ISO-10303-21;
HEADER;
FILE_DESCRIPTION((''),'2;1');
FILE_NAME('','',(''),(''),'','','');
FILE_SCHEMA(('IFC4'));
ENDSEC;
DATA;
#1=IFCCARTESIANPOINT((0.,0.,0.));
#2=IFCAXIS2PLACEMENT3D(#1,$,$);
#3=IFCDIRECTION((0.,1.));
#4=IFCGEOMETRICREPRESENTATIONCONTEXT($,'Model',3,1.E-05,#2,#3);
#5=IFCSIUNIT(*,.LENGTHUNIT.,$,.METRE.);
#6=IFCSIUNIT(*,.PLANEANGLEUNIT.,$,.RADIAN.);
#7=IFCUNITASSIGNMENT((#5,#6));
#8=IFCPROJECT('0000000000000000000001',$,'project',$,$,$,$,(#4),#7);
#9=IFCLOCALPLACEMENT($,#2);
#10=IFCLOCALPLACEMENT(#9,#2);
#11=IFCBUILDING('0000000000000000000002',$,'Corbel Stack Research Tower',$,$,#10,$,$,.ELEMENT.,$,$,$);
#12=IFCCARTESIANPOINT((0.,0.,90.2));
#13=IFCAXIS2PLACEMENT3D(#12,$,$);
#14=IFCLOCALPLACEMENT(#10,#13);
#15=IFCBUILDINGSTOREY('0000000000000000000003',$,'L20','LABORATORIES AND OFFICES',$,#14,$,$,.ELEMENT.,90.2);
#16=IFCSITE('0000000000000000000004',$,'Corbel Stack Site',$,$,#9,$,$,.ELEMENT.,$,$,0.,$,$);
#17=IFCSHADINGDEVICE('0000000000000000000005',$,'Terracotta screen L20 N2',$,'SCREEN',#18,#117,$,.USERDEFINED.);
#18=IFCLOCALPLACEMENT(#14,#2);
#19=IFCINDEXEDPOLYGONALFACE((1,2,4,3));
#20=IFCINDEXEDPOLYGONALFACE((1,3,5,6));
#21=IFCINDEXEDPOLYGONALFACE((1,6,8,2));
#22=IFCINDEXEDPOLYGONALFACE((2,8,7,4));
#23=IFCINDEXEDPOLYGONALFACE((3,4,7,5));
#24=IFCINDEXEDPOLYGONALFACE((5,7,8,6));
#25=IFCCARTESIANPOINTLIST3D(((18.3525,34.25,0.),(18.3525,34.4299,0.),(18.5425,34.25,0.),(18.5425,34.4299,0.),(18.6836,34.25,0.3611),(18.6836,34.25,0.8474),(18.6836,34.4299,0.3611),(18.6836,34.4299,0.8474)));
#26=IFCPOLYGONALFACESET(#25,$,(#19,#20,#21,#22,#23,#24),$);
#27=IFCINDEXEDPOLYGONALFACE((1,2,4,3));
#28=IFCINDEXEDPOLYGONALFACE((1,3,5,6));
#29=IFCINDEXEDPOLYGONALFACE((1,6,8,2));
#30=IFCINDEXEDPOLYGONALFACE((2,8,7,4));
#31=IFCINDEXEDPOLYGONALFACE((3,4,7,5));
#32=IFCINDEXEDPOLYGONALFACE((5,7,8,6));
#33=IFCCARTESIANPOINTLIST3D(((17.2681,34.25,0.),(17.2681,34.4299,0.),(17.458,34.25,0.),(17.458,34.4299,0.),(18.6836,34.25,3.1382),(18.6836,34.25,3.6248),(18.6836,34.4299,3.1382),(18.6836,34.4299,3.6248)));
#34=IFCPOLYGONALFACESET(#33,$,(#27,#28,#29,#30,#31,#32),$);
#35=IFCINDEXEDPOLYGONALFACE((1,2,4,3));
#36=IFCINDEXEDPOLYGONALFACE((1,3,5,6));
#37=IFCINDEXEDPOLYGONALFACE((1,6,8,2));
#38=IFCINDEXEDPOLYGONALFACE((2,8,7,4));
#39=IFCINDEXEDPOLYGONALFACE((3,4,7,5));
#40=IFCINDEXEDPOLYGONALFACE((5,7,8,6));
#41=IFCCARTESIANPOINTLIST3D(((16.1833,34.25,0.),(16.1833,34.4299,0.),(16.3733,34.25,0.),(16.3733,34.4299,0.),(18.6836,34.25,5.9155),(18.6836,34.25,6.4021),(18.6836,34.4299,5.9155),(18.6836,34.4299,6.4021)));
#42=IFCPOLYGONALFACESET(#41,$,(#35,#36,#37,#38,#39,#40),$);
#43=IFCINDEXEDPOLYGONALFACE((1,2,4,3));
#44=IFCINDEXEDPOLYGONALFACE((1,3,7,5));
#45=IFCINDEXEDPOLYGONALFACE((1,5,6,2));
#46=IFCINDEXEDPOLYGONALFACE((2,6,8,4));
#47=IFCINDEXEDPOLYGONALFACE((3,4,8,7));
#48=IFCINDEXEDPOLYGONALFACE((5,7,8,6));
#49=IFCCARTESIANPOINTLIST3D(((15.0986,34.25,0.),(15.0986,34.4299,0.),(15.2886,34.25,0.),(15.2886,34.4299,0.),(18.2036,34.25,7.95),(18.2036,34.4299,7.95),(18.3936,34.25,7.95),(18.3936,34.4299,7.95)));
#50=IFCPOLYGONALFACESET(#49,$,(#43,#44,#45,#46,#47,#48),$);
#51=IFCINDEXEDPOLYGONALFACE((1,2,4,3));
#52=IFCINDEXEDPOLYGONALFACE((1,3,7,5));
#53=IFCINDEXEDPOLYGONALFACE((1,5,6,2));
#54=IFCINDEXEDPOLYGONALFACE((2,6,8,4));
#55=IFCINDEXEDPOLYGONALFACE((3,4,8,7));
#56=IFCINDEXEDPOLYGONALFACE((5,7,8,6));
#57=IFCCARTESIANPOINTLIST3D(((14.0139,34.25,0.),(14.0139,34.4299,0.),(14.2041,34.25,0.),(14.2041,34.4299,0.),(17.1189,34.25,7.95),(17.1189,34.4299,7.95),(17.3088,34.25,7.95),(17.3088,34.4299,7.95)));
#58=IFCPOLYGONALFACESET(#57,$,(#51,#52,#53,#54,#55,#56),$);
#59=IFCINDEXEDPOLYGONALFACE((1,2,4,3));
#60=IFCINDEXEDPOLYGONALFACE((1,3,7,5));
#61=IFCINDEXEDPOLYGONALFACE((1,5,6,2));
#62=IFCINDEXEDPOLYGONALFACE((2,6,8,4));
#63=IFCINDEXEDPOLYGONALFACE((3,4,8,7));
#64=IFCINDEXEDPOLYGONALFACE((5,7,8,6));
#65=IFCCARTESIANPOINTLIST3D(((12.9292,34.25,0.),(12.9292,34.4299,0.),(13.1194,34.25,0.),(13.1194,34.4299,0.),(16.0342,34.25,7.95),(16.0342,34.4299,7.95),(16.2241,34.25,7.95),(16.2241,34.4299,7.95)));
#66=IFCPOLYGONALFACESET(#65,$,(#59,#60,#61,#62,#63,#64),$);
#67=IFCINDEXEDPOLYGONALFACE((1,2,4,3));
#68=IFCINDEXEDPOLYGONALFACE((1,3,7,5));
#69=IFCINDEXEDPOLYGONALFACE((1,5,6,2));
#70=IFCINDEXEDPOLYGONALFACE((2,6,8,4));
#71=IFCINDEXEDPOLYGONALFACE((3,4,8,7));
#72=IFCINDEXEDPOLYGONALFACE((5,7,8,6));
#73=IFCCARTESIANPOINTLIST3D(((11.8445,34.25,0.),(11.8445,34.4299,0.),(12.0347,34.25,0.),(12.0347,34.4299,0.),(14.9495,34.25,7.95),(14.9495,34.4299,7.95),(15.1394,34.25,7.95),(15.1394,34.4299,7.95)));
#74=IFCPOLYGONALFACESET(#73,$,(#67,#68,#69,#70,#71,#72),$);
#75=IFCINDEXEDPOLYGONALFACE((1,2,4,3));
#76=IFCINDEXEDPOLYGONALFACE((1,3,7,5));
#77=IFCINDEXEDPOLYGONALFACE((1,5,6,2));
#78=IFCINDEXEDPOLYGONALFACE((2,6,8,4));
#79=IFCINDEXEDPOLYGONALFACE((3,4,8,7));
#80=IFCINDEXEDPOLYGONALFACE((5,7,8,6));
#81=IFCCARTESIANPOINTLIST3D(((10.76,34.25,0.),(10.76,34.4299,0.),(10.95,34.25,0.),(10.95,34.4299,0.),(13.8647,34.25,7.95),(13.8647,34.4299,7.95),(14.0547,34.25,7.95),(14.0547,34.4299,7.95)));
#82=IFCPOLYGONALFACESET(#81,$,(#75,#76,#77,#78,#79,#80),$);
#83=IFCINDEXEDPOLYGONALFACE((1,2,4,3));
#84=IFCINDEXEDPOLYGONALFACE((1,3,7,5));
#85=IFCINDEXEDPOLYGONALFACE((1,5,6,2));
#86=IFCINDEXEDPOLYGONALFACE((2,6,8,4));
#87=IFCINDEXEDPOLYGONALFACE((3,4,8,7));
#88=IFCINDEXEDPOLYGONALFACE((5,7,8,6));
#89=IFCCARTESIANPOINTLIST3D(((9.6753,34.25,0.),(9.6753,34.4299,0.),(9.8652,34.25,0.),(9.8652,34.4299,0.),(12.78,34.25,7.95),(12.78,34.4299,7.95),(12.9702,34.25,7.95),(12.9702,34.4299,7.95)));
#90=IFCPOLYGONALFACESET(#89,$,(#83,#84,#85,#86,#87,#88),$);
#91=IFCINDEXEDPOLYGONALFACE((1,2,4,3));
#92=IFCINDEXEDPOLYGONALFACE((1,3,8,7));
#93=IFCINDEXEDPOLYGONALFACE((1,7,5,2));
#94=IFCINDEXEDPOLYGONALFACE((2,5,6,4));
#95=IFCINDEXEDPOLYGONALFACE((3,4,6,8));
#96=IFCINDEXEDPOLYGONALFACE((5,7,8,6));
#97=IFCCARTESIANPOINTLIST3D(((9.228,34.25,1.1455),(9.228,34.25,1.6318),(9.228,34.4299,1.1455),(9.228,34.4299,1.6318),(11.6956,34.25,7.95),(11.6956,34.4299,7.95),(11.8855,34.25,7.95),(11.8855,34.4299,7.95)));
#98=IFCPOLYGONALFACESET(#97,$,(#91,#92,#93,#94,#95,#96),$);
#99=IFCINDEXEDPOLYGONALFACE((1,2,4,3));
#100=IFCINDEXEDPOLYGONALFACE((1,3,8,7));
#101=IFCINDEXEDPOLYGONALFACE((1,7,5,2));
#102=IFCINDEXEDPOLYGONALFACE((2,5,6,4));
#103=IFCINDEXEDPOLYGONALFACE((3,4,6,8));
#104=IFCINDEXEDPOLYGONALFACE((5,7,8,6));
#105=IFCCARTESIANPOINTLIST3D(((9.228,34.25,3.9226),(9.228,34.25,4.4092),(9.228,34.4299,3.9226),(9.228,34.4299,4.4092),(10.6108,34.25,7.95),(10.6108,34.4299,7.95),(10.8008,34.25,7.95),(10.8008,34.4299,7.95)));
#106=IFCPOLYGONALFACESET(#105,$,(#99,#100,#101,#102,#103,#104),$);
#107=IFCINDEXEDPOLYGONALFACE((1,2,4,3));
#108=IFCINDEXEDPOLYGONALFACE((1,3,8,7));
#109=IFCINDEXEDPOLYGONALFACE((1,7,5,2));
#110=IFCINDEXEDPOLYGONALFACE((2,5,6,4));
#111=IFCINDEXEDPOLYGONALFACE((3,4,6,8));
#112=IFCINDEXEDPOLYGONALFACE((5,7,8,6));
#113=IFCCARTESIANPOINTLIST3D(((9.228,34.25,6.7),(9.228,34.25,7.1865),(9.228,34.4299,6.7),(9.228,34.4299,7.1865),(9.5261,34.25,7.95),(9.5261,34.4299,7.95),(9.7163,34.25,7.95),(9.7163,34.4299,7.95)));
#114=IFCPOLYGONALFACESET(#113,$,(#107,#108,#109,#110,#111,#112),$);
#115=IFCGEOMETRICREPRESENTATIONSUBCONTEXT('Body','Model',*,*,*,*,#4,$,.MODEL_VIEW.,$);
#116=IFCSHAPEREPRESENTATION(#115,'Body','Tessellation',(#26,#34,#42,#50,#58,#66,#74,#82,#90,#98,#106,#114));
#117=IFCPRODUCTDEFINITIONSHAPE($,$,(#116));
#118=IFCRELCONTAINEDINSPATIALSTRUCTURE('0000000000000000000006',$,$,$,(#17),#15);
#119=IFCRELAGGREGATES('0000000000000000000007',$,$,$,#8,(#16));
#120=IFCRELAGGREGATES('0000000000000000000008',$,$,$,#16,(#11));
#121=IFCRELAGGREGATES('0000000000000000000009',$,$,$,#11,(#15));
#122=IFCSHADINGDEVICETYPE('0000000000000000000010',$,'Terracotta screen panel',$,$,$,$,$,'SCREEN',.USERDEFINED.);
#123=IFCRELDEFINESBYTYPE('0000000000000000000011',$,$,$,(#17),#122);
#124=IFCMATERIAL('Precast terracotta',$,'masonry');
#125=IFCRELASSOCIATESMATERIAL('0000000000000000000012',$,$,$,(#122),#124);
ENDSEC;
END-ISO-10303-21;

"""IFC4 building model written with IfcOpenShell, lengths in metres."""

from ifc_helpers import new_model, si_unit, direction, frame, origin, place, context, subcontext, project, spatial, polyline, outline, extrude, source, transform, mapped, material, type_object, element, save


model = new_model("IFC4")

# Units and contexts
model_context = context("Model", 3, precision=1e-05, world=origin(), true_north=direction((0.0, 1.0)))
body_context = subcontext(model_context, "Body", "Model", "MODEL_VIEW")
ifc_project = project(units=[si_unit("LENGTHUNIT", "METRE"), si_unit("PLANEANGLEUNIT", "RADIAN")], contexts=[model_context])

# Site, building, storey
site_placement = place(None, origin())
site = spatial("IfcSite", under=ifc_project, at=site_placement, Name="Corbel Stack Site", CompositionType="ELEMENT", RefElevation=0.0)
building_placement = place(site_placement, origin())
building = spatial("IfcBuilding", under=site, at=building_placement, Name="Corbel Stack Research Tower", CompositionType="ELEMENT")
storey_placement = place(building_placement, frame((0.0, 0.0, 90.2)))
storey = spatial("IfcBuildingStorey", under=building, at=storey_placement, Name="L20", Description="LABORATORIES AND OFFICES", CompositionType="ELEMENT", Elevation=90.2)

# Shading device
ifc_material_1 = material(Name="Precast terracotta", Category="masonry")
shading_device_type = type_object("IfcShadingDeviceType", Name="Terracotta screen panel", ElementType="SCREEN", PredefinedType="USERDEFINED", material=ifc_material_1)
shared_shape = source(origin(), body_context, "Body", "SweptSolid", [
    extrude(outline(polyline([(0.3311, 0.0), (0.0, 0.8474), (0.0, 0.3611), (0.1411, 0.0), (0.3311, 0.0)])), frame((0.0, 0.0, 0.0), z_axis=(0.0, -1.0, 0.0), x_axis=(1.0, 0.0, 0.0)), (0.0, 0.0, 1.0), 0.1799),
    extrude(outline(polyline([(1.4155, 0.0), (0.0, 3.6248), (0.0, 3.1382), (1.2256, 0.0), (1.4155, 0.0)])), frame((0.0, 0.0, 0.0), z_axis=(0.0, -1.0, 0.0), x_axis=(1.0, 0.0, 0.0)), (0.0, 0.0, 1.0), 0.1799),
    extrude(outline(polyline([(2.5002, 0.0), (0.0, 6.4021), (0.0, 5.9155), (2.3103, 0.0), (2.5002, 0.0)])), frame((0.0, 0.0, 0.0), z_axis=(0.0, -1.0, 0.0), x_axis=(1.0, 0.0, 0.0)), (0.0, 0.0, 1.0), 0.1799),
    extrude(outline(polyline([(3.585, 0.0), (0.48, 7.95), (0.29, 7.95), (3.395, 0.0), (3.585, 0.0)])), frame((0.0, 0.0, 0.0), z_axis=(0.0, -1.0, 0.0), x_axis=(1.0, 0.0, 0.0)), (0.0, 0.0, 1.0), 0.1799),
    extrude(outline(polyline([(4.6697, 0.0), (1.5647, 7.95), (1.3748, 7.95), (4.4795, 0.0), (4.6697, 0.0)])), frame((0.0, 0.0, 0.0), z_axis=(0.0, -1.0, 0.0), x_axis=(1.0, 0.0, 0.0)), (0.0, 0.0, 1.0), 0.1799),
    extrude(outline(polyline([(5.7544, 0.0), (2.6494, 7.95), (2.4595, 7.95), (5.5642, 0.0), (5.7544, 0.0)])), frame((0.0, 0.0, 0.0), z_axis=(0.0, -1.0, 0.0), x_axis=(1.0, 0.0, 0.0)), (0.0, 0.0, 1.0), 0.1799),
    extrude(outline(polyline([(6.8391, 0.0), (3.7341, 7.95), (3.5442, 7.95), (6.6489, 0.0), (6.8391, 0.0)])), frame((0.0, 0.0, 0.0), z_axis=(0.0, -1.0, 0.0), x_axis=(1.0, 0.0, 0.0)), (0.0, 0.0, 1.0), 0.1799),
    extrude(outline(polyline([(7.9236, 0.0), (4.8188, 7.95), (4.6289, 7.95), (7.7336, 0.0), (7.9236, 0.0)])), frame((0.0, 0.0, 0.0), z_axis=(0.0, -1.0, 0.0), x_axis=(1.0, 0.0, 0.0)), (0.0, 0.0, 1.0), 0.1799),
    extrude(outline(polyline([(9.0083, 0.0), (5.9036, 7.95), (5.7134, 7.95), (8.8184, 0.0), (9.0083, 0.0)])), frame((0.0, 0.0, 0.0), z_axis=(0.0, -1.0, 0.0), x_axis=(1.0, 0.0, 0.0)), (0.0, 0.0, 1.0), 0.1799),
    extrude(outline(polyline([(6.988, 7.95), (6.7981, 7.95), (9.4556, 1.1455), (9.4556, 1.6318), (6.988, 7.95)])), frame((0.0, 0.0, 0.0), z_axis=(0.0, -1.0, 0.0), x_axis=(1.0, 0.0, 0.0)), (0.0, 0.0, 1.0), 0.1799),
    extrude(outline(polyline([(8.0728, 7.95), (7.8828, 7.95), (9.4556, 3.9226), (9.4556, 4.4092), (8.0728, 7.95)])), frame((0.0, 0.0, 0.0), z_axis=(0.0, -1.0, 0.0), x_axis=(1.0, 0.0, 0.0)), (0.0, 0.0, 1.0), 0.1799),
    extrude(outline(polyline([(9.1575, 7.95), (8.9673, 7.95), (9.4556, 6.7), (9.4556, 7.1865), (9.1575, 7.95)])), frame((0.0, 0.0, 0.0), z_axis=(0.0, -1.0, 0.0), x_axis=(1.0, 0.0, 0.0)), (0.0, 0.0, 1.0), 0.1799),
])
shading_device_placement = place(storey_placement, frame((18.6836, 34.25, 0.0), z_axis=(0.0, 0.0, 1.0), x_axis=(-1.0, 0.0, 0.0)))
element("IfcShadingDevice", 1, at=shading_device_placement, inside=storey, type_object=shading_device_type, Name="Terracotta screen L20 N2", ObjectType="SCREEN", PredefinedType="USERDEFINED", context=body_context, shape_type="MappedRepresentation", body=[
    mapped(shared_shape, transform((0.0, 0.0, 0.0))),
])

save(model, "model.ifc")
